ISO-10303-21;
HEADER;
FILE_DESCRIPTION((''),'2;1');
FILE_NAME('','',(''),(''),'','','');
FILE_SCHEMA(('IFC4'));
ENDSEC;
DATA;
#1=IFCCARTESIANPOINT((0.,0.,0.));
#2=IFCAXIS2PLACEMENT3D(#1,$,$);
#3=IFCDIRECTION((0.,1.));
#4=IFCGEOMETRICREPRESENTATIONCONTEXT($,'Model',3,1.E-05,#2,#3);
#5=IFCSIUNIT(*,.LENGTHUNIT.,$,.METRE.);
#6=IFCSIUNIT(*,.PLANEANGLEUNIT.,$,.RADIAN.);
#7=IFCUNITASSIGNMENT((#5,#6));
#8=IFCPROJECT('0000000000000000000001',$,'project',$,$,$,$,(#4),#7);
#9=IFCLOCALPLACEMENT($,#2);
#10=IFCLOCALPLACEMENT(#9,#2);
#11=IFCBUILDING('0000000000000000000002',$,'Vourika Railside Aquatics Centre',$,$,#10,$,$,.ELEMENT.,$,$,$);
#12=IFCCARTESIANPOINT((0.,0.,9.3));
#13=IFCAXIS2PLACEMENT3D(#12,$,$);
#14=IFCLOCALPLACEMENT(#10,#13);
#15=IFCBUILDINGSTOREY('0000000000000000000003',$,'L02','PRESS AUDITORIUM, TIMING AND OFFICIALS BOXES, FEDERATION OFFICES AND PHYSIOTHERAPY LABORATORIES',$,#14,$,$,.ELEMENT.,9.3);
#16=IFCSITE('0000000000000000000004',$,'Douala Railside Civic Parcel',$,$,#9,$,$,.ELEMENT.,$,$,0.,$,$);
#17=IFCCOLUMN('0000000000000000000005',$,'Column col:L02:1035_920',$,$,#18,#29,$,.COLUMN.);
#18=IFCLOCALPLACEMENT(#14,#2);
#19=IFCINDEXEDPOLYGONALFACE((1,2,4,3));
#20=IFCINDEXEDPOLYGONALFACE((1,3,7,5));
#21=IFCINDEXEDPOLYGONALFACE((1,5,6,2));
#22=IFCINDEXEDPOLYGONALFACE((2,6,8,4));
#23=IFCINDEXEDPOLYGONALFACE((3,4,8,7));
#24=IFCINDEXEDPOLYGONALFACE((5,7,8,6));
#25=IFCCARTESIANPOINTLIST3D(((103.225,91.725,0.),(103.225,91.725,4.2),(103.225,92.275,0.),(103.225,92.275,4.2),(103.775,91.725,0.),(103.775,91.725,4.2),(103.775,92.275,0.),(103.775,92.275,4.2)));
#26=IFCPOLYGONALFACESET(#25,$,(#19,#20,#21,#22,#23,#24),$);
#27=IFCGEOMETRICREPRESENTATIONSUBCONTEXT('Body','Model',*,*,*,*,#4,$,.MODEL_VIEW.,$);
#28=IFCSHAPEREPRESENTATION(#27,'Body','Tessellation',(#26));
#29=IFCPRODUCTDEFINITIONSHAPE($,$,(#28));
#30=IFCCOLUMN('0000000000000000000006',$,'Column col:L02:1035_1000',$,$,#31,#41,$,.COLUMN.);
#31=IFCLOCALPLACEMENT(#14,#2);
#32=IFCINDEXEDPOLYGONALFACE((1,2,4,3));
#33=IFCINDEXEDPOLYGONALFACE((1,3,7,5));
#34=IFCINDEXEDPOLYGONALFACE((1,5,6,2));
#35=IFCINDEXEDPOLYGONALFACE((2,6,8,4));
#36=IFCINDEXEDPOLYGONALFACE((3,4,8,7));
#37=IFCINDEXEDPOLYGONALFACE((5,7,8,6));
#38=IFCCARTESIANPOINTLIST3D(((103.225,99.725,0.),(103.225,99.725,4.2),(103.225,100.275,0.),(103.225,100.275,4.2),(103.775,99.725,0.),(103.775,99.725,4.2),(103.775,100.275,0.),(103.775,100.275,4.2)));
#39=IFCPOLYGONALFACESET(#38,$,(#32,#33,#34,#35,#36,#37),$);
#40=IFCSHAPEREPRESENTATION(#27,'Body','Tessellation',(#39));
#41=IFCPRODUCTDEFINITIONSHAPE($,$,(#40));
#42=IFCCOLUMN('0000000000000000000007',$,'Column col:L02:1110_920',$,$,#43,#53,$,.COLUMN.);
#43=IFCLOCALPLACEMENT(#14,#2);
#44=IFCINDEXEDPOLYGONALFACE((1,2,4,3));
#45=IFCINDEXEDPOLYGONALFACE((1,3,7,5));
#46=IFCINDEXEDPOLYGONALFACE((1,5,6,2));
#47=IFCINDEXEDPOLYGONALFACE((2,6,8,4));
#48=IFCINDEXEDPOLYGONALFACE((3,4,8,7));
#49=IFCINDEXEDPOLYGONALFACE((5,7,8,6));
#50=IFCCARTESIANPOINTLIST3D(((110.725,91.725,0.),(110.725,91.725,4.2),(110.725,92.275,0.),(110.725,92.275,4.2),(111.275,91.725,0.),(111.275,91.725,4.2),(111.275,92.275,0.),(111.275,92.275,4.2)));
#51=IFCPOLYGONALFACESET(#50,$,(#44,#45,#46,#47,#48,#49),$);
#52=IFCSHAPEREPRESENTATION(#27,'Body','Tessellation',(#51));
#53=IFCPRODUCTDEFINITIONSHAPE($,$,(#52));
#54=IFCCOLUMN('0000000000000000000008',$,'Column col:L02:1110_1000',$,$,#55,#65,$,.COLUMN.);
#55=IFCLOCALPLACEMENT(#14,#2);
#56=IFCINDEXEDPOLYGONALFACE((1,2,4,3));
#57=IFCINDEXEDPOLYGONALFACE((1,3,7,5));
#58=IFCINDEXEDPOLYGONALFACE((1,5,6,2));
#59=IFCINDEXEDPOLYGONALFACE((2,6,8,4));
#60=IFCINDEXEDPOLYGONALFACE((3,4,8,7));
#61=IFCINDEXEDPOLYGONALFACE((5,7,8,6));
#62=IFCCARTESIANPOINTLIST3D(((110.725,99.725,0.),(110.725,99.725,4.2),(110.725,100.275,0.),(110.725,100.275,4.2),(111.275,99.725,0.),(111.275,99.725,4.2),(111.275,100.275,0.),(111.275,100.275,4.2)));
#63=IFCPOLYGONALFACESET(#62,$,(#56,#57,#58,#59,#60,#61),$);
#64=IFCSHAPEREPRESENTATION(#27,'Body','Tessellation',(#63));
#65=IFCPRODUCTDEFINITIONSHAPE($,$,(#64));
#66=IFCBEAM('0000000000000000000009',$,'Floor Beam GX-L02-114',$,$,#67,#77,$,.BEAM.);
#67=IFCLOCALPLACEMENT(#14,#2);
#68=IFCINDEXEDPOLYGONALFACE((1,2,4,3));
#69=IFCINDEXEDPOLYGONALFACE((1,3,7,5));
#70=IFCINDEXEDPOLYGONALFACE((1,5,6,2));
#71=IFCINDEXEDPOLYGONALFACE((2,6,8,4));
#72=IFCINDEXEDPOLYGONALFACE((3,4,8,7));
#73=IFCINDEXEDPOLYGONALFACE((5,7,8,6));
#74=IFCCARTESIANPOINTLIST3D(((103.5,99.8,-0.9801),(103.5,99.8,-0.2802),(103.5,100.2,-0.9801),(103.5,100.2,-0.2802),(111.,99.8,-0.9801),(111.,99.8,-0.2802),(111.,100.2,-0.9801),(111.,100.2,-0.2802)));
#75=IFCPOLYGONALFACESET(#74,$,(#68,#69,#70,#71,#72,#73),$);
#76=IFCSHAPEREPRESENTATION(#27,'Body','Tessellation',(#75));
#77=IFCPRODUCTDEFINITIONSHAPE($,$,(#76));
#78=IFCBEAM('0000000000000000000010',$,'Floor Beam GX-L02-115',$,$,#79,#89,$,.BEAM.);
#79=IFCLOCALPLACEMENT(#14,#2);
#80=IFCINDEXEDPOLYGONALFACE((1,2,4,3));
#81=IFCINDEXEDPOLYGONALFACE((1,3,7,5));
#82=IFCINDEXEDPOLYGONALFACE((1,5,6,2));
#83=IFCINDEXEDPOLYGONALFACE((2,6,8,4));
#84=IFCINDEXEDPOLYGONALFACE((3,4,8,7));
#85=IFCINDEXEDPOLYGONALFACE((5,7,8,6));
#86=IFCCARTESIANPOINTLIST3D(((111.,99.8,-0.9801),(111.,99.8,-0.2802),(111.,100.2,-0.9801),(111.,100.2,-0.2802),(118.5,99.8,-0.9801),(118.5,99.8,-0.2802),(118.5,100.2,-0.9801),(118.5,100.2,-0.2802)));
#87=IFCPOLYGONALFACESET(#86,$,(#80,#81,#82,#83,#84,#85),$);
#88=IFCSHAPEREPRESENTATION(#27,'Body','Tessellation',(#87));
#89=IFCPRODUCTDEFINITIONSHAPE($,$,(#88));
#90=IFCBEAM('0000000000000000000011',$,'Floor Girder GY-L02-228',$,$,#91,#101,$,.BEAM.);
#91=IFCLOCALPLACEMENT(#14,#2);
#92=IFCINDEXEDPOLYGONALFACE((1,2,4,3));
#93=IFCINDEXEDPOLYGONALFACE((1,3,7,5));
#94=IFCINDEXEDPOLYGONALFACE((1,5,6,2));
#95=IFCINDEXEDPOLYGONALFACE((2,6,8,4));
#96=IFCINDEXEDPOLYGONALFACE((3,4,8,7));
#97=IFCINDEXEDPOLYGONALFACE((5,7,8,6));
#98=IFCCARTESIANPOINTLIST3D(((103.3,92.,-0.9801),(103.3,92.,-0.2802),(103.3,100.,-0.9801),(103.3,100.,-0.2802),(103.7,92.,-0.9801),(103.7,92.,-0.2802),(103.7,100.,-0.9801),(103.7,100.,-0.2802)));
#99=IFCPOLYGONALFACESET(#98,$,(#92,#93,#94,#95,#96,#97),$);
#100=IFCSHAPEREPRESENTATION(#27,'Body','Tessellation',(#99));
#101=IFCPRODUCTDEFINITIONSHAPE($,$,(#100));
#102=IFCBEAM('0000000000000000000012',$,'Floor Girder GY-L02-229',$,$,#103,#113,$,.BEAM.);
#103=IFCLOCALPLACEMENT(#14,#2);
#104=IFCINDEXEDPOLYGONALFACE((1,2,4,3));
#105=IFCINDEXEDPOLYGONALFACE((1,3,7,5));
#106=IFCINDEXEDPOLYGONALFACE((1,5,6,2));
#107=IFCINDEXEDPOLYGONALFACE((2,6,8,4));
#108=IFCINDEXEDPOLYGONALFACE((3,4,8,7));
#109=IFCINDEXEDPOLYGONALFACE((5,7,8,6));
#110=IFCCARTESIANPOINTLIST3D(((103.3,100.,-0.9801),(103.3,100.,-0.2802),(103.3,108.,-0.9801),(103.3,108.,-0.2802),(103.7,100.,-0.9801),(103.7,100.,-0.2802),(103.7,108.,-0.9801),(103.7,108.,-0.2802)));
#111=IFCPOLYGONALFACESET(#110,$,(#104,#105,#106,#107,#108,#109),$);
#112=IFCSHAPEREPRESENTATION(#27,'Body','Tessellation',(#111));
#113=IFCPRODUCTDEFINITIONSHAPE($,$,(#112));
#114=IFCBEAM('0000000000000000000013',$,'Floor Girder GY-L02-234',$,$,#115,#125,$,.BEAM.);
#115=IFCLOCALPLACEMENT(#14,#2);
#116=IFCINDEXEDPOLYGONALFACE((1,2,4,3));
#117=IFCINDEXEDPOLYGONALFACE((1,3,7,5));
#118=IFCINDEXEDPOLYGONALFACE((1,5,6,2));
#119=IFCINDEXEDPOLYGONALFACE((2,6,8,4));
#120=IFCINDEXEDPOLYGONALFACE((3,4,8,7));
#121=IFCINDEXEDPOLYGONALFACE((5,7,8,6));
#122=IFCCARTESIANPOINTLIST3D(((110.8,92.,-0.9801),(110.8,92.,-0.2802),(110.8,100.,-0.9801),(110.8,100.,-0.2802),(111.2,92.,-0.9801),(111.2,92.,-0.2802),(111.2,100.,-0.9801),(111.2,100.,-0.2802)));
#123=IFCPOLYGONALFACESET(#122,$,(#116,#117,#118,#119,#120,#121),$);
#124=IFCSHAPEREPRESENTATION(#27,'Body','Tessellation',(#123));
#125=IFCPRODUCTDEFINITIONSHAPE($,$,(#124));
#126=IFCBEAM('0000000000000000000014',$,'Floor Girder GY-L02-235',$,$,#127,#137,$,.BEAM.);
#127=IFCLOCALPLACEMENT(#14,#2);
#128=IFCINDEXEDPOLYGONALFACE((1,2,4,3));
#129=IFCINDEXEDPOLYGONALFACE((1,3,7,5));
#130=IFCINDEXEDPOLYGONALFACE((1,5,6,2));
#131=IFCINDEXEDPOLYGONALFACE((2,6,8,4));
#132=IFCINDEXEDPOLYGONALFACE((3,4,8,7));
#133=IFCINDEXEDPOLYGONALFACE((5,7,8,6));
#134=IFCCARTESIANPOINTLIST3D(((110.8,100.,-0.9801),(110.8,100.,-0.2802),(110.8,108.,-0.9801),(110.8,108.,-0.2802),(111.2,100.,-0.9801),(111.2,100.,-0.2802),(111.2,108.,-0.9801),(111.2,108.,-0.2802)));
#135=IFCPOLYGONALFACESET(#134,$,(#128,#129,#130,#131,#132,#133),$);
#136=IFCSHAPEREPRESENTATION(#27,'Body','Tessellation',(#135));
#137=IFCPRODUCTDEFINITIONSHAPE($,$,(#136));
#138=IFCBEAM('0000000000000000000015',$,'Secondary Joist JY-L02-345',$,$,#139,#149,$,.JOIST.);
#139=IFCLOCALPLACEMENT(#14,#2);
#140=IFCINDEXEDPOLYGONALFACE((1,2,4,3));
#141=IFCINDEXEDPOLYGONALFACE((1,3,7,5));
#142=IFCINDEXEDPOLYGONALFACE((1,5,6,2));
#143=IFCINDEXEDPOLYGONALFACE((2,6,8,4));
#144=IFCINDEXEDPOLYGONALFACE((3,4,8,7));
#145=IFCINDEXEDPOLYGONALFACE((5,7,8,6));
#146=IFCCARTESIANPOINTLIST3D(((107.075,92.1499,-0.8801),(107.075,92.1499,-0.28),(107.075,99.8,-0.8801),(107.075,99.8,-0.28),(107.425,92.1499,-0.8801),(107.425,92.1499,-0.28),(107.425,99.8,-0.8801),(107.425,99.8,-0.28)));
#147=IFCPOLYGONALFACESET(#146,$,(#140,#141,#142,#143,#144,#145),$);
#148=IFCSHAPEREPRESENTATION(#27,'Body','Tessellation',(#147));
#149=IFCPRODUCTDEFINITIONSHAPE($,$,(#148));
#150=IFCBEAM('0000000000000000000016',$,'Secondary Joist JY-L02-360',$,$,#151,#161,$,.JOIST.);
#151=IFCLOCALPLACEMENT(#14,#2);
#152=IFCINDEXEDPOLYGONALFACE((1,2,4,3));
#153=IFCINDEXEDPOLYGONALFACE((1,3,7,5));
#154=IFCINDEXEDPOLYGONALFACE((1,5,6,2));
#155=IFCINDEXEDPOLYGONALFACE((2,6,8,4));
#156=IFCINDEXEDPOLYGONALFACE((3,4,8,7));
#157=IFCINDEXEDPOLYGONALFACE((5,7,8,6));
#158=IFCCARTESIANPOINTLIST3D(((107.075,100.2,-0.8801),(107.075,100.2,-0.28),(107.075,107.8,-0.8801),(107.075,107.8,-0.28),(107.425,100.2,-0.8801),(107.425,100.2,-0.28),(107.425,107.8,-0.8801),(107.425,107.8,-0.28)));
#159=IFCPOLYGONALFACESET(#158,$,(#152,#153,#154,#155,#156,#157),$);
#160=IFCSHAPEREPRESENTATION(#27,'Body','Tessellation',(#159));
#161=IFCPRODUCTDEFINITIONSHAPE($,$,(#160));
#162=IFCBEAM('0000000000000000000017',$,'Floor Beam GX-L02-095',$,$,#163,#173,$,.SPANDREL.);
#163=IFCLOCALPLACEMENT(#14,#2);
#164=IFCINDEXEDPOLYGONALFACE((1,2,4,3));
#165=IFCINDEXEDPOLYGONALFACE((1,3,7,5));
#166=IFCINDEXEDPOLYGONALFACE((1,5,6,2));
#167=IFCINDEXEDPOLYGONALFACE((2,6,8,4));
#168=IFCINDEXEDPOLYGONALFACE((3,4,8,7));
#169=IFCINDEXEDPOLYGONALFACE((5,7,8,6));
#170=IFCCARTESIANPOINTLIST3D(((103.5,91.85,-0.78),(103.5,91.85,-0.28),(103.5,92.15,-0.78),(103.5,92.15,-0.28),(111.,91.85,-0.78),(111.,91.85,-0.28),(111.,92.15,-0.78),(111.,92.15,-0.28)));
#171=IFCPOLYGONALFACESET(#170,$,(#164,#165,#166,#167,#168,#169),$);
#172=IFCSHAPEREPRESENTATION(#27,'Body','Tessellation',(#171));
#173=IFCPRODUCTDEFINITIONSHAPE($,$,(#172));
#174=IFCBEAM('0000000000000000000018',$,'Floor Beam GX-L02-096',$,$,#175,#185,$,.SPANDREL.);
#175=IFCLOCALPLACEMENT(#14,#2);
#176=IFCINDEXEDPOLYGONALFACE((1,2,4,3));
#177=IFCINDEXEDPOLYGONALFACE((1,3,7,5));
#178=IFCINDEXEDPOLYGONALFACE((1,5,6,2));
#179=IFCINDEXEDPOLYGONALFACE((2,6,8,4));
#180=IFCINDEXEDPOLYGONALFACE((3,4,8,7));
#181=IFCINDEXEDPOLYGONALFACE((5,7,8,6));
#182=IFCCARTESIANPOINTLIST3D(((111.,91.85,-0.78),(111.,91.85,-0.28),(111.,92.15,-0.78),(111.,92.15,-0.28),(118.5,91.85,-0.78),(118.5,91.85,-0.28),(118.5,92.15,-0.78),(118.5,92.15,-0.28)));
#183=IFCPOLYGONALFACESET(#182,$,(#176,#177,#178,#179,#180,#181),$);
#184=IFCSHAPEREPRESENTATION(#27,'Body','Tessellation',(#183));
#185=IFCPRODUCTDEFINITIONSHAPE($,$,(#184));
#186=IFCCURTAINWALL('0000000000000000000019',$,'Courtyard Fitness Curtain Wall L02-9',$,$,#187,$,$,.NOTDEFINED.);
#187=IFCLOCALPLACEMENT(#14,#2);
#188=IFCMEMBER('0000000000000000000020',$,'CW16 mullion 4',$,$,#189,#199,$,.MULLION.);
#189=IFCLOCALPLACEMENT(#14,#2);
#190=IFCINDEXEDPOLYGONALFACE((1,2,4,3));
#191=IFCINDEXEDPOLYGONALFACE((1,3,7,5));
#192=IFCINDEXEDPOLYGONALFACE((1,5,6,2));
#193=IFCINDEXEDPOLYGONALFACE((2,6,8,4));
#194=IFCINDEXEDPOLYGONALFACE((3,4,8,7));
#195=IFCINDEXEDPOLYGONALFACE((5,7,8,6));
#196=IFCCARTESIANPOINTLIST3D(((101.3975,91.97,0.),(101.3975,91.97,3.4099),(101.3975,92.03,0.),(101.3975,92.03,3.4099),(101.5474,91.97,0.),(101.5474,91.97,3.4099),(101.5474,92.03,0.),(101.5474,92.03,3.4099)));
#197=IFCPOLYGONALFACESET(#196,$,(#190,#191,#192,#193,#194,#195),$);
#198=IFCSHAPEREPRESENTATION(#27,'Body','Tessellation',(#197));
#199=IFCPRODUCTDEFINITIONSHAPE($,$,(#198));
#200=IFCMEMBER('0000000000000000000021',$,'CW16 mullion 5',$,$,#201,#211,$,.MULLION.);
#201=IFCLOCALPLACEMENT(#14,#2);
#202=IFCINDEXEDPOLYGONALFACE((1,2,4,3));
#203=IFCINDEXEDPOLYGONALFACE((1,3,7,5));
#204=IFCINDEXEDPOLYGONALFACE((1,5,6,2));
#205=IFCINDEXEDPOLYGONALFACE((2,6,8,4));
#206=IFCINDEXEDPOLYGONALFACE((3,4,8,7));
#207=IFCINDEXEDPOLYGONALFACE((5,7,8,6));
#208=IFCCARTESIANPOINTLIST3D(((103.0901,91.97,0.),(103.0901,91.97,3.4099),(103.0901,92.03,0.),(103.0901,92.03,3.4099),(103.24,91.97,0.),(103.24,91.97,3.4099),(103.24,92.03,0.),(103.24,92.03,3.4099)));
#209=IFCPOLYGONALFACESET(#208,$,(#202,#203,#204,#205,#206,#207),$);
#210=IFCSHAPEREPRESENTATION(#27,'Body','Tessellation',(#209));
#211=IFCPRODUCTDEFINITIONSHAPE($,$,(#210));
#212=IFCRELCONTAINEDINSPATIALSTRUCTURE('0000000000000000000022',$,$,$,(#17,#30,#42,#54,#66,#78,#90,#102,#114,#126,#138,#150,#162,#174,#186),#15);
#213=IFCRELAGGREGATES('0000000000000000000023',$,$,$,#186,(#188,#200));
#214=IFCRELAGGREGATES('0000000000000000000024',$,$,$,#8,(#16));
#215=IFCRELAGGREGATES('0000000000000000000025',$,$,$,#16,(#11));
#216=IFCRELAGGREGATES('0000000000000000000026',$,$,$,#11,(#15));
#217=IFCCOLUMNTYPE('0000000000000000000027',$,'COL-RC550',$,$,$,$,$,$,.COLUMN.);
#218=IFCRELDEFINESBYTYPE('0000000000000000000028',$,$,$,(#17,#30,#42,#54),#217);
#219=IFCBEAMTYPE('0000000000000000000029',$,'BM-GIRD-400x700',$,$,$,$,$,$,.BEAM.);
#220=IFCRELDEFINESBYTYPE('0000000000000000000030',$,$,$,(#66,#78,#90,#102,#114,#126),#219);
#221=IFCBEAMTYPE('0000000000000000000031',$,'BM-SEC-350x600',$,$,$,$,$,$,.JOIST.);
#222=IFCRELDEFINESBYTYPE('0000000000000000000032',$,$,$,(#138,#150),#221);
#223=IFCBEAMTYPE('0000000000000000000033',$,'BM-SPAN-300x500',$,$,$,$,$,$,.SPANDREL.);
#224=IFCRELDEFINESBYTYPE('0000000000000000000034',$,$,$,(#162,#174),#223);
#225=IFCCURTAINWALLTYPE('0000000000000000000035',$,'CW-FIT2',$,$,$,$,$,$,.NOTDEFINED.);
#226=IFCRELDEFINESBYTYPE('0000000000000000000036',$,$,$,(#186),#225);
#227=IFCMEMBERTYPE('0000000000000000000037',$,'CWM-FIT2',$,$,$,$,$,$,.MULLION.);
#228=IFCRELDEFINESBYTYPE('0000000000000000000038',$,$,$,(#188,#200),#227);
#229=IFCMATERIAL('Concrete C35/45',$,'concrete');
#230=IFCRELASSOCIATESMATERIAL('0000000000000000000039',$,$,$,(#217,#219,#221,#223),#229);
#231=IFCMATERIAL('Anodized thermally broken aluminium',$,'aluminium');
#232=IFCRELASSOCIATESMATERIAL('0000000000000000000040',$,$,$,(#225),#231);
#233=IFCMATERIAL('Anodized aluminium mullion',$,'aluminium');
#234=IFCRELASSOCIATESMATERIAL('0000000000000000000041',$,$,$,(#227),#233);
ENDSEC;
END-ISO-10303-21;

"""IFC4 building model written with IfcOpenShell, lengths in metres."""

from ifc_helpers import new_model, si_unit, direction, frame, origin, origin_2d, place, context, subcontext, project, spatial, rectangle, extrude, material, material_profile, profile_set, type_object, element, aggregate, save


model = new_model("IFC4")

# Units and contexts
model_context = context("Model", 3, precision=1e-05, world=origin(), true_north=direction((0.0, 1.0)))
body_context = subcontext(model_context, "Body", "Model", "MODEL_VIEW")
ifc_project = project(units=[si_unit("LENGTHUNIT", "METRE"), si_unit("PLANEANGLEUNIT", "RADIAN")], contexts=[model_context])

# Site, building, storey
site_placement = place(None, origin())
site = spatial("IfcSite", under=ifc_project, at=site_placement, Name="Douala Railside Civic Parcel", CompositionType="ELEMENT", RefElevation=0.0)
building_placement = place(site_placement, origin())
building = spatial("IfcBuilding", under=site, at=building_placement, Name="Vourika Railside Aquatics Centre", CompositionType="ELEMENT")
storey_placement = place(building_placement, frame((0.0, 0.0, 9.3)))
storey = spatial("IfcBuildingStorey", under=building, at=storey_placement, Name="L02", Description="PRESS AUDITORIUM, TIMING AND OFFICIALS BOXES, FEDERATION OFFICES AND PHYSIOTHERAPY LABORATORIES", CompositionType="ELEMENT", Elevation=9.3)

# Columns
ifc_material_1 = material(Name="Concrete C35/45", Category="concrete")
ifc_material_profile_1 = material_profile(ifc_material_1, rectangle(XDim=0.55, YDim=0.55, at=origin_2d()), Name="RC 550x550")
ifc_profile_set_1 = profile_set([ifc_material_profile_1], Name="Concrete C35/45")
column_type = type_object("IfcColumnType", Name="COL-RC550", PredefinedType="COLUMN", material=ifc_profile_set_1)
for number, where, z_axis, x_axis, name in (
    (1, (103.5, 92.0, 0.0), (0.0, 0.0, 1.0), (1.0, 0.0, 0.0), "Column col:L02:1035_920"),
    (2, (103.5, 100.0, 0.0), (0.0, 0.0, 1.0), (1.0, 0.0, 0.0), "Column col:L02:1035_1000"),
    (3, (111.0, 92.0, 0.0), (0.0, 0.0, 1.0), (1.0, 0.0, 0.0), "Column col:L02:1110_920"),
    (4, (111.0, 100.0, 0.0), (0.0, 0.0, 1.0), (1.0, 0.0, 0.0), "Column col:L02:1110_1000"),
):
    element("IfcColumn", number, at=place(storey_placement, frame(where, z_axis=z_axis, x_axis=x_axis)), inside=storey, type_object=column_type, Name=name, PredefinedType="COLUMN", context=body_context, shape_type="SweptSolid", body=[
        extrude(rectangle(XDim=0.55, YDim=0.55, at=origin_2d()), origin(), (0.0, 0.0, 1.0), 4.2),
    ])

# Beams
ifc_material_profile_2 = material_profile(ifc_material_1, rectangle(XDim=0.3999, YDim=0.7, at=origin_2d()), Name="RC 400x700")
ifc_profile_set_2 = profile_set([ifc_material_profile_2], Name="Concrete C35/45")
beam_type_1 = type_object("IfcBeamType", Name="BM-GIRD-400x700", PredefinedType="BEAM", material=ifc_profile_set_2)
for number, where, z_axis, x_axis, name in (
    (5, (103.5, 100.0, -0.6301), (1.0, 0.0, 0.0), (0.0, 1.0, 0.0), "Floor Beam GX-L02-114"),
    (6, (111.0, 100.0, -0.6301), (1.0, 0.0, 0.0), (0.0, 1.0, 0.0), "Floor Beam GX-L02-115"),
):
    element("IfcBeam", number, at=place(storey_placement, frame(where, z_axis=z_axis, x_axis=x_axis)), inside=storey, type_object=beam_type_1, Name=name, PredefinedType="BEAM", context=body_context, shape_type="SweptSolid", body=[
        extrude(rectangle(XDim=0.3999, YDim=0.7, at=origin_2d()), origin(), (0.0, 0.0, 1.0), 7.5),
    ])
for number, where, z_axis, x_axis, name in (
    (7, (103.5, 92.0, -0.6301), (0.0, 1.0, 0.0), (-1.0, 0.0, 0.0), "Floor Girder GY-L02-228"),
    (8, (103.5, 100.0, -0.6301), (0.0, 1.0, 0.0), (-1.0, 0.0, 0.0), "Floor Girder GY-L02-229"),
    (9, (111.0, 92.0, -0.6301), (0.0, 1.0, 0.0), (-1.0, 0.0, 0.0), "Floor Girder GY-L02-234"),
    (10, (111.0, 100.0, -0.6301), (0.0, 1.0, 0.0), (-1.0, 0.0, 0.0), "Floor Girder GY-L02-235"),
):
    element("IfcBeam", number, at=place(storey_placement, frame(where, z_axis=z_axis, x_axis=x_axis)), inside=storey, type_object=beam_type_1, Name=name, PredefinedType="BEAM", context=body_context, shape_type="SweptSolid", body=[
        extrude(rectangle(XDim=0.3999, YDim=0.7, at=origin_2d()), origin(), (0.0, 0.0, 1.0), 8.0),
    ])
ifc_material_profile_3 = material_profile(ifc_material_1, rectangle(XDim=0.3501, YDim=0.6001, at=origin_2d()), Name="RC 350x600")
ifc_profile_set_3 = profile_set([ifc_material_profile_3], Name="Concrete C35/45")
beam_type_2 = type_object("IfcBeamType", Name="BM-SEC-350x600", PredefinedType="JOIST", material=ifc_profile_set_3)
beam_1_placement = place(storey_placement, frame((107.25, 92.1499, -0.5801), z_axis=(0.0, 1.0, 0.0), x_axis=(-1.0, 0.0, 0.0)))
element("IfcBeam", 11, at=beam_1_placement, inside=storey, type_object=beam_type_2, Name="Secondary Joist JY-L02-345", PredefinedType="JOIST", context=body_context, shape_type="SweptSolid", body=[
    extrude(rectangle(XDim=0.3501, YDim=0.6001, at=origin_2d()), origin(), (0.0, 0.0, 1.0), 7.6501),
])
beam_2_placement = place(storey_placement, frame((107.25, 100.2, -0.5801), z_axis=(0.0, 1.0, 0.0), x_axis=(-1.0, 0.0, 0.0)))
element("IfcBeam", 12, at=beam_2_placement, inside=storey, type_object=beam_type_2, Name="Secondary Joist JY-L02-360", PredefinedType="JOIST", context=body_context, shape_type="SweptSolid", body=[
    extrude(rectangle(XDim=0.3501, YDim=0.6001, at=origin_2d()), origin(), (0.0, 0.0, 1.0), 7.6001),
])
ifc_material_profile_4 = material_profile(ifc_material_1, rectangle(XDim=0.3, YDim=0.5, at=origin_2d()), Name="RC 300x500")
ifc_profile_set_4 = profile_set([ifc_material_profile_4], Name="Concrete C35/45")
beam_type_3 = type_object("IfcBeamType", Name="BM-SPAN-300x500", PredefinedType="SPANDREL", material=ifc_profile_set_4)
for number, where, z_axis, x_axis, name in (
    (13, (103.5, 92.0, -0.53), (1.0, 0.0, 0.0), (0.0, 1.0, 0.0), "Floor Beam GX-L02-095"),
    (14, (111.0, 92.0, -0.53), (1.0, 0.0, 0.0), (0.0, 1.0, 0.0), "Floor Beam GX-L02-096"),
):
    element("IfcBeam", number, at=place(storey_placement, frame(where, z_axis=z_axis, x_axis=x_axis)), inside=storey, type_object=beam_type_3, Name=name, PredefinedType="SPANDREL", context=body_context, shape_type="SweptSolid", body=[
        extrude(rectangle(XDim=0.3, YDim=0.5, at=origin_2d()), origin(), (0.0, 0.0, 1.0), 7.5),
    ])

# Curtain wall, members
ifc_material_2 = material(Name="Anodized thermally broken aluminium", Category="aluminium")
curtain_wall_type = type_object("IfcCurtainWallType", Name="CW-FIT2", PredefinedType="NOTDEFINED", material=ifc_material_2)
curtain_wall_1_placement = place(storey_placement, origin())
curtain_wall_1 = element("IfcCurtainWall", 15, at=curtain_wall_1_placement, inside=storey, type_object=curtain_wall_type, Name="Courtyard Fitness Curtain Wall L02-9", PredefinedType="NOTDEFINED")
ifc_material_3 = material(Name="Anodized aluminium mullion", Category="aluminium")
ifc_material_profile_5 = material_profile(ifc_material_3, rectangle(XDim=0.0601, YDim=0.1499, at=origin_2d()), Name="ALU-M 60x150")
ifc_profile_set_5 = profile_set([ifc_material_profile_5], Name="Anodized aluminium mullion")
member_type_1 = type_object("IfcMemberType", Name="CWM-FIT2", PredefinedType="MULLION", material=ifc_profile_set_5)
member_1_placement = place(storey_placement, frame((101.4724, 92.0, 0.0), z_axis=(0.0, 0.0, 1.0), x_axis=(0.0, 1.0, 0.0)))
member_1 = element("IfcMember", 16, at=member_1_placement, type_object=member_type_1, Name="CW16 mullion 4", PredefinedType="MULLION", context=body_context, shape_type="SweptSolid", body=[
    extrude(rectangle(XDim=0.0601, YDim=0.1499, at=origin_2d()), origin(), (0.0, 0.0, 1.0), 3.4099),
])
member_2_placement = place(storey_placement, frame((103.165, 92.0, 0.0), z_axis=(0.0, 0.0, 1.0), x_axis=(0.0, 1.0, 0.0)))
member_2 = element("IfcMember", 17, at=member_2_placement, type_object=member_type_1, Name="CW16 mullion 5", PredefinedType="MULLION", context=body_context, shape_type="SweptSolid", body=[
    extrude(rectangle(XDim=0.0601, YDim=0.1499, at=origin_2d()), origin(), (0.0, 0.0, 1.0), 3.4099),
])

aggregate(curtain_wall_1, [member_1, member_2])

save(model, "model.ifc")
